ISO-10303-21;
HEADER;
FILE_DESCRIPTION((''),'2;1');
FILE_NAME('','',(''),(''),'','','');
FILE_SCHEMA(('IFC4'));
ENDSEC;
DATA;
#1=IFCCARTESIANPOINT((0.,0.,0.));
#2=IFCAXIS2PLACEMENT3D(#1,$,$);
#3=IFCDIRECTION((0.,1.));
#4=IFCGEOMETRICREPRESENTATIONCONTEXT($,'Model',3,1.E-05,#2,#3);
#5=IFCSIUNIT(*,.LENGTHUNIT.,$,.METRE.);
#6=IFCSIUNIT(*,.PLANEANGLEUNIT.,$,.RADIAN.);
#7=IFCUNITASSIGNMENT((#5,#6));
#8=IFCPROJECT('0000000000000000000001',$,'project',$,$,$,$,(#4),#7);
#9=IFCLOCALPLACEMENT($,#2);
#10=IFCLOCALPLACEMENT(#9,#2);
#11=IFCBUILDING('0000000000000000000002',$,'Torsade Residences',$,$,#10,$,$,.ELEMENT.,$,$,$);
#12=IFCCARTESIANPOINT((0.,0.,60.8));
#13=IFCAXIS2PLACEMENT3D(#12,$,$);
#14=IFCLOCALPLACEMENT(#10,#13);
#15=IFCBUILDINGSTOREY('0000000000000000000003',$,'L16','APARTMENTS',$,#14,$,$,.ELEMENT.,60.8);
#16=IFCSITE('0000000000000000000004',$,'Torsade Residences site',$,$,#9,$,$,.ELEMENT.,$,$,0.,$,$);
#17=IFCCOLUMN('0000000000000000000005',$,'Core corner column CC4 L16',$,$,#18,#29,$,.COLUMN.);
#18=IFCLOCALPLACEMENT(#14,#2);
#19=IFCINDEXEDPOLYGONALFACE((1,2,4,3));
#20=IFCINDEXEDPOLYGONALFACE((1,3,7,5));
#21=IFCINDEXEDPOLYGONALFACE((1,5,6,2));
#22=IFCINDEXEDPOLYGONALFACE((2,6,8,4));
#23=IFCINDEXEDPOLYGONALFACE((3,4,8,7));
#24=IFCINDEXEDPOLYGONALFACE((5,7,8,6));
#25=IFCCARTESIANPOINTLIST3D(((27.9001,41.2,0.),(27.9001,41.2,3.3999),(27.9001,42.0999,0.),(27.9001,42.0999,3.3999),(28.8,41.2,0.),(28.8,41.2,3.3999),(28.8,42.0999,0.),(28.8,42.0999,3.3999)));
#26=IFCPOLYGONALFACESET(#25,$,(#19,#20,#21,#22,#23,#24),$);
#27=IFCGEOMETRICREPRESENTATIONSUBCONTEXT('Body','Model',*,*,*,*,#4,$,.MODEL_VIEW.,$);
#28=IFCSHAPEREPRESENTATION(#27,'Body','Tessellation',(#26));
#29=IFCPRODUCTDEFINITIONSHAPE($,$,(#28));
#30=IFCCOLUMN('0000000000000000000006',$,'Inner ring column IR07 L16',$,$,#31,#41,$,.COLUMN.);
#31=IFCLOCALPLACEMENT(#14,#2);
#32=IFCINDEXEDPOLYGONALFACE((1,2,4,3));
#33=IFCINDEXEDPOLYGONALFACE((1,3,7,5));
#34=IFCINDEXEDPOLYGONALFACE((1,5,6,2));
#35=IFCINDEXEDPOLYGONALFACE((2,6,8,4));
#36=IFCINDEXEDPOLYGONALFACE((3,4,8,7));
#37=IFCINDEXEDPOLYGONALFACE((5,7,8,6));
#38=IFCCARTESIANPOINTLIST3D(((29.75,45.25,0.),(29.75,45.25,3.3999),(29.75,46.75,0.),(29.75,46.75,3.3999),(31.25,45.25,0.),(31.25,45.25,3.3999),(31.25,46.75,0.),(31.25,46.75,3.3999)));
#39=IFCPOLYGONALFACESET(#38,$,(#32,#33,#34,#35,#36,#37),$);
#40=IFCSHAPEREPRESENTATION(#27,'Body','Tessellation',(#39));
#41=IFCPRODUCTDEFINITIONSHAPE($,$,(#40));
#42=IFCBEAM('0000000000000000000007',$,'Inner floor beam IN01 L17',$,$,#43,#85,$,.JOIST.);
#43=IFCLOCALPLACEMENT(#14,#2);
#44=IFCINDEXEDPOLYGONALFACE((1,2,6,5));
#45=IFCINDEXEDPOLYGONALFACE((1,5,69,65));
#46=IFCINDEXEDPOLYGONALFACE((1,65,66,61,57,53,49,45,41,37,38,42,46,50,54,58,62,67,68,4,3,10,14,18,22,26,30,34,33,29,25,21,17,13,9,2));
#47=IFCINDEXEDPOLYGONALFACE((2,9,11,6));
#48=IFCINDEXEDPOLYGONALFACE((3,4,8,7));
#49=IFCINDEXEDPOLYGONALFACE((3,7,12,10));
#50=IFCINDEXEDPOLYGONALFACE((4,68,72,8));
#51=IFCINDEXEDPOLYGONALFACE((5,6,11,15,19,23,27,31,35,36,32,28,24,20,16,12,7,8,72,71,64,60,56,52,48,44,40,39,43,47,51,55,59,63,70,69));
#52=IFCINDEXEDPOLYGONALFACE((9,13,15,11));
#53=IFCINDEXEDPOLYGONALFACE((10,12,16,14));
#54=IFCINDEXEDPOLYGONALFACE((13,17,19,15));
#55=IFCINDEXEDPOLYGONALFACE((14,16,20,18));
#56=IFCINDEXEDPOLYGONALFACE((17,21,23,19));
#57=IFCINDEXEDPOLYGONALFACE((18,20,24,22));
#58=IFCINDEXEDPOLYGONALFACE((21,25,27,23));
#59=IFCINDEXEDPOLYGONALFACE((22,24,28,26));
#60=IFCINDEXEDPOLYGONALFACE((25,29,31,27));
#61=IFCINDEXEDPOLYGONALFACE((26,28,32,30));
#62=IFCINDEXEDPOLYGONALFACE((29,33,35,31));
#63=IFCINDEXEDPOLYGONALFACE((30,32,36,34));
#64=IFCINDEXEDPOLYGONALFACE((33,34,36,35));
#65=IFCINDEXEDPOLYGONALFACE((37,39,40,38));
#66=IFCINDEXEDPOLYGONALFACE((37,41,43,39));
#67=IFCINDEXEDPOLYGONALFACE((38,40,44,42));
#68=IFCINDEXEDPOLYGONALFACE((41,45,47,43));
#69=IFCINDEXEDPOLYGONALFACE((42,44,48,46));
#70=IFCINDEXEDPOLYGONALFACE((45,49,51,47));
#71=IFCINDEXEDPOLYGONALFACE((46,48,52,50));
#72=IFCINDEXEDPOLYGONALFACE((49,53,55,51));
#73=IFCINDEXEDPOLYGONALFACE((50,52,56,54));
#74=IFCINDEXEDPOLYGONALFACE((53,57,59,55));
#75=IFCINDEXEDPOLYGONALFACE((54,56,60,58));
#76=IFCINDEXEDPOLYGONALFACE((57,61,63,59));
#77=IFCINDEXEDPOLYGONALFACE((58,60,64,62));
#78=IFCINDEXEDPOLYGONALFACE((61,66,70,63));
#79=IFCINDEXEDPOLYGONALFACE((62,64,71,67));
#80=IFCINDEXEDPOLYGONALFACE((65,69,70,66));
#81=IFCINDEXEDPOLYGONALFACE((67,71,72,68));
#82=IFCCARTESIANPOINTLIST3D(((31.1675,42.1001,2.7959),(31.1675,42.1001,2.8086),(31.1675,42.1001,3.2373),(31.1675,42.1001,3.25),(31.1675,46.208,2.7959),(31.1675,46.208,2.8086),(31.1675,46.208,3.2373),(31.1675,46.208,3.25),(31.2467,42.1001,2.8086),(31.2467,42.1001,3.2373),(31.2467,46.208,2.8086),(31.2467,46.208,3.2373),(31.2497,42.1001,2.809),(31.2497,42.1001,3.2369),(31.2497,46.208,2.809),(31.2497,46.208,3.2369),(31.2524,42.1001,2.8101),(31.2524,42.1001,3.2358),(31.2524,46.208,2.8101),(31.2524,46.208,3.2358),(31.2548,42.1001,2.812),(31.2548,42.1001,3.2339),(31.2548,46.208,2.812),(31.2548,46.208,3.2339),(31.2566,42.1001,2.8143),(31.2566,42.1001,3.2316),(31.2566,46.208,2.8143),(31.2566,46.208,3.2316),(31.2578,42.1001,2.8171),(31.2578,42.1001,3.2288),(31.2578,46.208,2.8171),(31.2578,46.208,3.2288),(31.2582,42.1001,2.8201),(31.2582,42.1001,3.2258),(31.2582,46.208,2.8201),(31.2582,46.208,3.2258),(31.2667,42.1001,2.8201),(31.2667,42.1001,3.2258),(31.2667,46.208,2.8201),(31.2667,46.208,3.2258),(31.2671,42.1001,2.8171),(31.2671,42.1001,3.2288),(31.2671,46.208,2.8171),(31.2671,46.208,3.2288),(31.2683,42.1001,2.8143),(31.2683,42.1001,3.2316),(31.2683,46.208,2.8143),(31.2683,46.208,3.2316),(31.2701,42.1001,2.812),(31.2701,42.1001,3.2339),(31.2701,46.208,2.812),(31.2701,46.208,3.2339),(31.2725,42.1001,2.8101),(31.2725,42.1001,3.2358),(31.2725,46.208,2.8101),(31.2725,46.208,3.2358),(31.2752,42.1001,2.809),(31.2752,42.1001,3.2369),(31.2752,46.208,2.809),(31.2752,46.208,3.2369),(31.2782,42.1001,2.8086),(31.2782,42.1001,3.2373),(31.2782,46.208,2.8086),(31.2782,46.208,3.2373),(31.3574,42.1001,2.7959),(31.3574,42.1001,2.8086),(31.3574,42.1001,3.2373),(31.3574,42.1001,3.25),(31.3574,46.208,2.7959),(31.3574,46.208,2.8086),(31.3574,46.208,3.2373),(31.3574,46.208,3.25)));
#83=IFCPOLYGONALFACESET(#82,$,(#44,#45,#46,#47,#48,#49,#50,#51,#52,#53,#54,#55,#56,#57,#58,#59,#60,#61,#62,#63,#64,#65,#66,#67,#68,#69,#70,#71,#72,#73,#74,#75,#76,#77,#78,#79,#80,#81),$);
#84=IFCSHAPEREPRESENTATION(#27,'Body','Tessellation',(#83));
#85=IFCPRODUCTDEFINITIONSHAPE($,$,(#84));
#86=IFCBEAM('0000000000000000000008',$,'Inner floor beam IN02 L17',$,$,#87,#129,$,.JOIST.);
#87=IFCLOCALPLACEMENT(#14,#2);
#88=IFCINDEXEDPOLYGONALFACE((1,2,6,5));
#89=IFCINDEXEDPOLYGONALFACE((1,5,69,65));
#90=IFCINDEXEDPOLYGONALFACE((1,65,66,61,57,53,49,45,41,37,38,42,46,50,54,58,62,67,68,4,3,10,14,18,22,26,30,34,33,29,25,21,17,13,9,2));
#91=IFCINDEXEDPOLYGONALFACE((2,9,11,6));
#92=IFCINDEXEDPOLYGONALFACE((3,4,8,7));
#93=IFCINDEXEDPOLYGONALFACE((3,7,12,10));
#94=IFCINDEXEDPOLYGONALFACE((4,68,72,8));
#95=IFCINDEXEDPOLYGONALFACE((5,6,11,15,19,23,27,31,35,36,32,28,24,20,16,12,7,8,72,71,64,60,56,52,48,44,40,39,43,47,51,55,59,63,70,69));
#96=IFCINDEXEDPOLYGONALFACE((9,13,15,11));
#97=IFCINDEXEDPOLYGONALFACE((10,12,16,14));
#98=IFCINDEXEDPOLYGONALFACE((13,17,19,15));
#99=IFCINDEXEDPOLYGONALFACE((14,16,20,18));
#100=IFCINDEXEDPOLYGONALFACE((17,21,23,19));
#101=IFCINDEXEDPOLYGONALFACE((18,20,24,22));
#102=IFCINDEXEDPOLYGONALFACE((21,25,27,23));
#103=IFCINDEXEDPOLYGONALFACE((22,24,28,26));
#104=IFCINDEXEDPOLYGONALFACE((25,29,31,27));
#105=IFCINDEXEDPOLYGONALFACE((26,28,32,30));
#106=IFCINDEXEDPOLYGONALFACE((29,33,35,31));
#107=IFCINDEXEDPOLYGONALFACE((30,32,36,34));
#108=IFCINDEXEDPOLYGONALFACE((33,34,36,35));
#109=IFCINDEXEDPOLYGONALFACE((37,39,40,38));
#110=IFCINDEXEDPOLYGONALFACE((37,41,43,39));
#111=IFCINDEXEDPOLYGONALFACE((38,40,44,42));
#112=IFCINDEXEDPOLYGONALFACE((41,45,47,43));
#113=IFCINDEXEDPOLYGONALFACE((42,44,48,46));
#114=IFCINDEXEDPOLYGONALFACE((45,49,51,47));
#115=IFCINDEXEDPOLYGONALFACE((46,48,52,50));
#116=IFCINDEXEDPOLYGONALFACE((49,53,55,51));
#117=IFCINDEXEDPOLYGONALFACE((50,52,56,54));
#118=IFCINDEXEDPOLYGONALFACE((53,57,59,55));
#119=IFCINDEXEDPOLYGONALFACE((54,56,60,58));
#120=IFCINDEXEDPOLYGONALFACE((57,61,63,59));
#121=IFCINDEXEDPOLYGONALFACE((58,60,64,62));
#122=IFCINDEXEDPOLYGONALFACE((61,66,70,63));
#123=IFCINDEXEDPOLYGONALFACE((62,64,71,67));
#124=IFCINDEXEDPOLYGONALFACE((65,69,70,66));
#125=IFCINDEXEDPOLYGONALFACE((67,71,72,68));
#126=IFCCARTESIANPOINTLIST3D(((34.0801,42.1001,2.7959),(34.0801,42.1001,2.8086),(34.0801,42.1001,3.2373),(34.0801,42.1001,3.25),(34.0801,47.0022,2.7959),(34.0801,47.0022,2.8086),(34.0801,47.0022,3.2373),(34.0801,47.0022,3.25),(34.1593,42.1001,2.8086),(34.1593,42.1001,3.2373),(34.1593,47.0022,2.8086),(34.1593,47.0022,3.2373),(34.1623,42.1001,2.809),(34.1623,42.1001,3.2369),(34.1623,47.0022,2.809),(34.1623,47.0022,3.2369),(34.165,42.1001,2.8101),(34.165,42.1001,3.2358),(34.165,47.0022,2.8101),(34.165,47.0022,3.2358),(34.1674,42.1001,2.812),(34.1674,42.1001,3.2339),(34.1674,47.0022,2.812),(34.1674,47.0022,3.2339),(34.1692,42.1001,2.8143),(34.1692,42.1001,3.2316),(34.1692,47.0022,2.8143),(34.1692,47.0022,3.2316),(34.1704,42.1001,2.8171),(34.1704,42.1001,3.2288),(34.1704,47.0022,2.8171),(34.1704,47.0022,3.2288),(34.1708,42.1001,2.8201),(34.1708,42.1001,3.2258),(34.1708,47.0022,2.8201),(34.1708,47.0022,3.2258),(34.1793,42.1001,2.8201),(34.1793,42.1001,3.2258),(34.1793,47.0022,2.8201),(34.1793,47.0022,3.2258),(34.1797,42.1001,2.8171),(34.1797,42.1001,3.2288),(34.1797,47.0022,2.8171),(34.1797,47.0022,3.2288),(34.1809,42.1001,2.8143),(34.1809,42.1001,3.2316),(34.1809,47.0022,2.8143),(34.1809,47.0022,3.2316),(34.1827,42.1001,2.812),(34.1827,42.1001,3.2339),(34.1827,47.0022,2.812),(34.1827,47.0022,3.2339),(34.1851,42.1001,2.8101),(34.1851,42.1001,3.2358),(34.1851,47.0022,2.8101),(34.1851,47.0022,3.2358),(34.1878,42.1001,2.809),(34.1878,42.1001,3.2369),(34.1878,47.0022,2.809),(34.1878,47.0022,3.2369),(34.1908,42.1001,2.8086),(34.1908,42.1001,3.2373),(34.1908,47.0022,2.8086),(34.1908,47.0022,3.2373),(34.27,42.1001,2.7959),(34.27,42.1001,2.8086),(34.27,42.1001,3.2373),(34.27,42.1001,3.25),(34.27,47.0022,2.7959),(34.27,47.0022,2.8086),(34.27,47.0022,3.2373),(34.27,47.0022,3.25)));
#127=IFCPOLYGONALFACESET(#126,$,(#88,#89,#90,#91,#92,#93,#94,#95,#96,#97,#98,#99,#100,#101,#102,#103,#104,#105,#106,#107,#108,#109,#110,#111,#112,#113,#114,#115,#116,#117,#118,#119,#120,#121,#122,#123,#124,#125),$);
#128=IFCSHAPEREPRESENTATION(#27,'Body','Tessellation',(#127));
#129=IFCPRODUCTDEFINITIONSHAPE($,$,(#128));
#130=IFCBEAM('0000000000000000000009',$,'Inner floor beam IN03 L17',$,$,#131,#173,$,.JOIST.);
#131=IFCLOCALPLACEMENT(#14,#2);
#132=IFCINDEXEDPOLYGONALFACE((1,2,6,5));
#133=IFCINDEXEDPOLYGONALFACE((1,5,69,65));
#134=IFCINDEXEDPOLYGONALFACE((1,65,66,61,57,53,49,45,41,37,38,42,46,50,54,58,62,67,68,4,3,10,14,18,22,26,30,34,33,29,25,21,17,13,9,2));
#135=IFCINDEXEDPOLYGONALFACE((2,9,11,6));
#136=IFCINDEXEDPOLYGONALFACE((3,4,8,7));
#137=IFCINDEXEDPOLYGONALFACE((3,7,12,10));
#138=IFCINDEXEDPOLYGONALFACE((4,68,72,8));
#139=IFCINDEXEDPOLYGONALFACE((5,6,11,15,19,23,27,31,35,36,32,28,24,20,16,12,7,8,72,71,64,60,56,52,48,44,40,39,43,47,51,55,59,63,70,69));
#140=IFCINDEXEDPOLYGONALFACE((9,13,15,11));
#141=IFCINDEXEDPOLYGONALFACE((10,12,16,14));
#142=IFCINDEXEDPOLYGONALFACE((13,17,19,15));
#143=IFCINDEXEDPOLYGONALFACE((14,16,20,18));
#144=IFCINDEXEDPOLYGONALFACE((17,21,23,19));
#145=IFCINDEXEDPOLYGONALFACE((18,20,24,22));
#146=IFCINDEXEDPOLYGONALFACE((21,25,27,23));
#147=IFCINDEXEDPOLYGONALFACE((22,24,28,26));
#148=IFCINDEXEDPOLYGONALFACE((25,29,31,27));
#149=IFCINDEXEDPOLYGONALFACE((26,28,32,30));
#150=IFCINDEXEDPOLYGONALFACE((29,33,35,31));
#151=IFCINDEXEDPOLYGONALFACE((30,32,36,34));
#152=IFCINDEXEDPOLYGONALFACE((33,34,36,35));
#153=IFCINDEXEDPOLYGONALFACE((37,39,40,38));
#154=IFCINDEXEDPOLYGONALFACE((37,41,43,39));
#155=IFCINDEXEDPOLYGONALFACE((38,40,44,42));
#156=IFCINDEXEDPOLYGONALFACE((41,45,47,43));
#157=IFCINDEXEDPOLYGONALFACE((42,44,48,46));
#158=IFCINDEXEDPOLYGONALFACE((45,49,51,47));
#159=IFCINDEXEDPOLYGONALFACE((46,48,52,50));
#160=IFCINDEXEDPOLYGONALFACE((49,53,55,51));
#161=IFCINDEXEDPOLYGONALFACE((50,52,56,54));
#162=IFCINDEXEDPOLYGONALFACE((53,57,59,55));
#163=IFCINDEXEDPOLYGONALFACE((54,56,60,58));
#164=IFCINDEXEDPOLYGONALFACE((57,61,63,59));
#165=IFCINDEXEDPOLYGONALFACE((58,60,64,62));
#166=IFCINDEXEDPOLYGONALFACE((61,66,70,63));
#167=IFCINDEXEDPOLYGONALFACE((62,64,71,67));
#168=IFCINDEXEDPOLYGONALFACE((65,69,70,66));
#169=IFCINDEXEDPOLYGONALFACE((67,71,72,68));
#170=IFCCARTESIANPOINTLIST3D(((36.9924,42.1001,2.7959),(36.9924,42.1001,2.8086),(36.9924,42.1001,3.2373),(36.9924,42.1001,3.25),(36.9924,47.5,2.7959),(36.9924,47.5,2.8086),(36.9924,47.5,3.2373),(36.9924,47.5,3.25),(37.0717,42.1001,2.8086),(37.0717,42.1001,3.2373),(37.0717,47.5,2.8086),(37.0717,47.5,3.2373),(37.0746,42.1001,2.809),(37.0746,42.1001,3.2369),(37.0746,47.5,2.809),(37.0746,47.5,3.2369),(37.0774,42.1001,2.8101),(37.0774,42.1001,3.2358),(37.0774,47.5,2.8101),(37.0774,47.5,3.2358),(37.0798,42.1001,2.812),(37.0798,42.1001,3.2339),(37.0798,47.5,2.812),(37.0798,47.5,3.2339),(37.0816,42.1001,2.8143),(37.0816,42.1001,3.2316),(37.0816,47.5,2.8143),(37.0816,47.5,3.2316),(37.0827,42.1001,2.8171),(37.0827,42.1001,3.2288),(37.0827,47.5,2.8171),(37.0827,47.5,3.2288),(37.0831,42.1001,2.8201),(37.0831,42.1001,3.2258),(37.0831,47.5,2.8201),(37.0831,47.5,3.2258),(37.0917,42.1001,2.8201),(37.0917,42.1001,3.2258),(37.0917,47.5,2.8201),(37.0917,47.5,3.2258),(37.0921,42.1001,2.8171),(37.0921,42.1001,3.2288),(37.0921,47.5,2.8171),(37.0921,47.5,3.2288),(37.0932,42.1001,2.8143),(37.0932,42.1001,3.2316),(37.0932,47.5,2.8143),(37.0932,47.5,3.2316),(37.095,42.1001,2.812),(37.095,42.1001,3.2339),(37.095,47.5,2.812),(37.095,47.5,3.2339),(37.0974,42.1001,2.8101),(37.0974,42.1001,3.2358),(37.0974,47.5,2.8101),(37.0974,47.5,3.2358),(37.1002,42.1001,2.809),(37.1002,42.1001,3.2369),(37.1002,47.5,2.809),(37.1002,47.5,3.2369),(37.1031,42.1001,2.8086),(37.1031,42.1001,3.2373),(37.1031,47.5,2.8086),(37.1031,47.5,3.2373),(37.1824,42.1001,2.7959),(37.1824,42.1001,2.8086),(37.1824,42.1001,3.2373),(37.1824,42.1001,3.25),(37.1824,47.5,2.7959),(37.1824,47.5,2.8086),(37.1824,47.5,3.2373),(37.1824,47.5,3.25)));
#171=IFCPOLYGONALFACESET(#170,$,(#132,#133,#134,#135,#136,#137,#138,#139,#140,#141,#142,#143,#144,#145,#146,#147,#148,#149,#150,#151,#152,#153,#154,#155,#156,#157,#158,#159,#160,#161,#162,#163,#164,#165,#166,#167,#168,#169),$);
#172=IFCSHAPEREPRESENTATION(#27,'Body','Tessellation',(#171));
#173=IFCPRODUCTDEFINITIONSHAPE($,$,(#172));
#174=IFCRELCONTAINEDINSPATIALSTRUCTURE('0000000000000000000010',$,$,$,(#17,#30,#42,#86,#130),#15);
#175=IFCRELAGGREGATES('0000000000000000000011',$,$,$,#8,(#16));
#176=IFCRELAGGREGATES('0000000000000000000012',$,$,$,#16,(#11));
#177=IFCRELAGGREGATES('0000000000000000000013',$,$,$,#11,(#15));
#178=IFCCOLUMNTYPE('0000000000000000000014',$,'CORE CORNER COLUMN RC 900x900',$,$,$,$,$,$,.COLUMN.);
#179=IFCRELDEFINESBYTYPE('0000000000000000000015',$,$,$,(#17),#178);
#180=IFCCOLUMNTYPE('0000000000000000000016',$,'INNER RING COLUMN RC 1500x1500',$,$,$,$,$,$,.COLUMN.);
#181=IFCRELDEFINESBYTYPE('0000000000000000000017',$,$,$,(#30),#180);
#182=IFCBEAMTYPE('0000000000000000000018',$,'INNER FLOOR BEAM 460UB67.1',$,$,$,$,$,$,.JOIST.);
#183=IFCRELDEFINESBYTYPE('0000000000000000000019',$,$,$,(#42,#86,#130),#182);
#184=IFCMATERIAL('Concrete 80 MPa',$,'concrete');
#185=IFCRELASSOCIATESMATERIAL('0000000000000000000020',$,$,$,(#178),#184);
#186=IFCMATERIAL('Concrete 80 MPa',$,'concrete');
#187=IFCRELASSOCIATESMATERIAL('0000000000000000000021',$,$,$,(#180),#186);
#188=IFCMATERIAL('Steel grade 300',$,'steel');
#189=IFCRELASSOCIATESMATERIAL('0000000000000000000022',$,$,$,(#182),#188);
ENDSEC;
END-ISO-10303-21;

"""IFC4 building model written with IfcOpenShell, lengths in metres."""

from ifc_helpers import new_model, si_unit, direction, frame, origin, origin_2d, place, context, subcontext, project, spatial, rectangle, i_section, extrude, material, material_profile, profile_set, type_object, element, save


model = new_model("IFC4")

# Units and contexts
model_context = context("Model", 3, precision=1e-05, world=origin(), true_north=direction((0.0, 1.0)))
body_context = subcontext(model_context, "Body", "Model", "MODEL_VIEW")
ifc_project = project(units=[si_unit("LENGTHUNIT", "METRE"), si_unit("PLANEANGLEUNIT", "RADIAN")], contexts=[model_context])

# Site, building, storey
site_placement = place(None, origin())
site = spatial("IfcSite", under=ifc_project, at=site_placement, Name="Torsade Residences site", CompositionType="ELEMENT", RefElevation=0.0)
building_placement = place(site_placement, origin())
building = spatial("IfcBuilding", under=site, at=building_placement, Name="Torsade Residences", CompositionType="ELEMENT")
storey_placement = place(building_placement, frame((0.0, 0.0, 60.8)))
storey = spatial("IfcBuildingStorey", under=building, at=storey_placement, Name="L16", Description="APARTMENTS", CompositionType="ELEMENT", Elevation=60.8)

# Columns
ifc_material_1 = material(Name="Concrete 80 MPa", Category="concrete")
ifc_material_profile_1 = material_profile(ifc_material_1, rectangle(XDim=0.8999, YDim=0.8999, at=origin_2d()), Name="RC 900x900")
ifc_profile_set_1 = profile_set([ifc_material_profile_1], Name="Concrete 80 MPa")
column_type_1 = type_object("IfcColumnType", Name="CORE CORNER COLUMN RC 900x900", PredefinedType="COLUMN", material=ifc_profile_set_1)
column_1_placement = place(storey_placement, frame((28.3501, 41.6499, 0.0), z_axis=(0.0, 0.0, 1.0), x_axis=(1.0, 0.0, 0.0)))
element("IfcColumn", 1, at=column_1_placement, inside=storey, type_object=column_type_1, Name="Core corner column CC4 L16", PredefinedType="COLUMN", context=body_context, shape_type="SweptSolid", body=[
    extrude(rectangle(XDim=0.8999, YDim=0.8999, at=origin_2d()), origin(), (0.0, 0.0, 1.0), 3.3999),
])
ifc_material_2 = material(Name="Concrete 80 MPa", Category="concrete")
ifc_material_profile_2 = material_profile(ifc_material_2, rectangle(XDim=1.5, YDim=1.5, at=origin_2d()), Name="RC 1500x1500")
ifc_profile_set_2 = profile_set([ifc_material_profile_2], Name="Concrete 80 MPa")
column_type_2 = type_object("IfcColumnType", Name="INNER RING COLUMN RC 1500x1500", PredefinedType="COLUMN", material=ifc_profile_set_2)
column_2_placement = place(storey_placement, frame((30.5, 46.0, 0.0), z_axis=(0.0, 0.0, 1.0), x_axis=(1.0, 0.0, 0.0)))
element("IfcColumn", 2, at=column_2_placement, inside=storey, type_object=column_type_2, Name="Inner ring column IR07 L16", PredefinedType="COLUMN", context=body_context, shape_type="SweptSolid", body=[
    extrude(rectangle(XDim=1.5, YDim=1.5, at=origin_2d()), origin(), (0.0, 0.0, 1.0), 3.3999),
])

# Beams
ifc_material_3 = material(Name="Steel grade 300", Category="steel")
ifc_material_profile_3 = material_profile(ifc_material_3, i_section(OverallWidth=0.1899, OverallDepth=0.4541, WebThickness=0.0085, FlangeThickness=0.0127, FilletRadius=0.0115, at=origin_2d()), Name="460UB67.1")
ifc_profile_set_3 = profile_set([ifc_material_profile_3], Name="Steel grade 300")
beam_type = type_object("IfcBeamType", Name="INNER FLOOR BEAM 460UB67.1", PredefinedType="JOIST", material=ifc_profile_set_3)
beam_1_placement = place(storey_placement, frame((31.2625, 42.1001, 3.0229), z_axis=(0.0, 1.0, 0.0), x_axis=(-1.0, 0.0, 0.0)))
element("IfcBeam", 3, at=beam_1_placement, inside=storey, type_object=beam_type, Name="Inner floor beam IN01 L17", PredefinedType="JOIST", context=body_context, shape_type="SweptSolid", body=[
    extrude(i_section(OverallWidth=0.1899, OverallDepth=0.4541, WebThickness=0.0085, FlangeThickness=0.0127, FilletRadius=0.0115, at=origin_2d()), origin(), (0.0, 0.0, 1.0), 4.1079),
])
beam_2_placement = place(storey_placement, frame((34.175, 42.1001, 3.0229), z_axis=(0.0, 1.0, 0.0), x_axis=(-1.0, 0.0, 0.0)))
element("IfcBeam", 4, at=beam_2_placement, inside=storey, type_object=beam_type, Name="Inner floor beam IN02 L17", PredefinedType="JOIST", context=body_context, shape_type="SweptSolid", body=[
    extrude(i_section(OverallWidth=0.1899, OverallDepth=0.4541, WebThickness=0.0085, FlangeThickness=0.0127, FilletRadius=0.0115, at=origin_2d()), origin(), (0.0, 0.0, 1.0), 4.9021),
])
beam_3_placement = place(storey_placement, frame((37.0874, 42.1001, 3.0229), z_axis=(0.0, 1.0, 0.0), x_axis=(-1.0, 0.0, 0.0)))
element("IfcBeam", 5, at=beam_3_placement, inside=storey, type_object=beam_type, Name="Inner floor beam IN03 L17", PredefinedType="JOIST", context=body_context, shape_type="SweptSolid", body=[
    extrude(i_section(OverallWidth=0.1899, OverallDepth=0.4541, WebThickness=0.0085, FlangeThickness=0.0127, FilletRadius=0.0115, at=origin_2d()), origin(), (0.0, 0.0, 1.0), 5.3999),
])

save(model, "model.ifc")
